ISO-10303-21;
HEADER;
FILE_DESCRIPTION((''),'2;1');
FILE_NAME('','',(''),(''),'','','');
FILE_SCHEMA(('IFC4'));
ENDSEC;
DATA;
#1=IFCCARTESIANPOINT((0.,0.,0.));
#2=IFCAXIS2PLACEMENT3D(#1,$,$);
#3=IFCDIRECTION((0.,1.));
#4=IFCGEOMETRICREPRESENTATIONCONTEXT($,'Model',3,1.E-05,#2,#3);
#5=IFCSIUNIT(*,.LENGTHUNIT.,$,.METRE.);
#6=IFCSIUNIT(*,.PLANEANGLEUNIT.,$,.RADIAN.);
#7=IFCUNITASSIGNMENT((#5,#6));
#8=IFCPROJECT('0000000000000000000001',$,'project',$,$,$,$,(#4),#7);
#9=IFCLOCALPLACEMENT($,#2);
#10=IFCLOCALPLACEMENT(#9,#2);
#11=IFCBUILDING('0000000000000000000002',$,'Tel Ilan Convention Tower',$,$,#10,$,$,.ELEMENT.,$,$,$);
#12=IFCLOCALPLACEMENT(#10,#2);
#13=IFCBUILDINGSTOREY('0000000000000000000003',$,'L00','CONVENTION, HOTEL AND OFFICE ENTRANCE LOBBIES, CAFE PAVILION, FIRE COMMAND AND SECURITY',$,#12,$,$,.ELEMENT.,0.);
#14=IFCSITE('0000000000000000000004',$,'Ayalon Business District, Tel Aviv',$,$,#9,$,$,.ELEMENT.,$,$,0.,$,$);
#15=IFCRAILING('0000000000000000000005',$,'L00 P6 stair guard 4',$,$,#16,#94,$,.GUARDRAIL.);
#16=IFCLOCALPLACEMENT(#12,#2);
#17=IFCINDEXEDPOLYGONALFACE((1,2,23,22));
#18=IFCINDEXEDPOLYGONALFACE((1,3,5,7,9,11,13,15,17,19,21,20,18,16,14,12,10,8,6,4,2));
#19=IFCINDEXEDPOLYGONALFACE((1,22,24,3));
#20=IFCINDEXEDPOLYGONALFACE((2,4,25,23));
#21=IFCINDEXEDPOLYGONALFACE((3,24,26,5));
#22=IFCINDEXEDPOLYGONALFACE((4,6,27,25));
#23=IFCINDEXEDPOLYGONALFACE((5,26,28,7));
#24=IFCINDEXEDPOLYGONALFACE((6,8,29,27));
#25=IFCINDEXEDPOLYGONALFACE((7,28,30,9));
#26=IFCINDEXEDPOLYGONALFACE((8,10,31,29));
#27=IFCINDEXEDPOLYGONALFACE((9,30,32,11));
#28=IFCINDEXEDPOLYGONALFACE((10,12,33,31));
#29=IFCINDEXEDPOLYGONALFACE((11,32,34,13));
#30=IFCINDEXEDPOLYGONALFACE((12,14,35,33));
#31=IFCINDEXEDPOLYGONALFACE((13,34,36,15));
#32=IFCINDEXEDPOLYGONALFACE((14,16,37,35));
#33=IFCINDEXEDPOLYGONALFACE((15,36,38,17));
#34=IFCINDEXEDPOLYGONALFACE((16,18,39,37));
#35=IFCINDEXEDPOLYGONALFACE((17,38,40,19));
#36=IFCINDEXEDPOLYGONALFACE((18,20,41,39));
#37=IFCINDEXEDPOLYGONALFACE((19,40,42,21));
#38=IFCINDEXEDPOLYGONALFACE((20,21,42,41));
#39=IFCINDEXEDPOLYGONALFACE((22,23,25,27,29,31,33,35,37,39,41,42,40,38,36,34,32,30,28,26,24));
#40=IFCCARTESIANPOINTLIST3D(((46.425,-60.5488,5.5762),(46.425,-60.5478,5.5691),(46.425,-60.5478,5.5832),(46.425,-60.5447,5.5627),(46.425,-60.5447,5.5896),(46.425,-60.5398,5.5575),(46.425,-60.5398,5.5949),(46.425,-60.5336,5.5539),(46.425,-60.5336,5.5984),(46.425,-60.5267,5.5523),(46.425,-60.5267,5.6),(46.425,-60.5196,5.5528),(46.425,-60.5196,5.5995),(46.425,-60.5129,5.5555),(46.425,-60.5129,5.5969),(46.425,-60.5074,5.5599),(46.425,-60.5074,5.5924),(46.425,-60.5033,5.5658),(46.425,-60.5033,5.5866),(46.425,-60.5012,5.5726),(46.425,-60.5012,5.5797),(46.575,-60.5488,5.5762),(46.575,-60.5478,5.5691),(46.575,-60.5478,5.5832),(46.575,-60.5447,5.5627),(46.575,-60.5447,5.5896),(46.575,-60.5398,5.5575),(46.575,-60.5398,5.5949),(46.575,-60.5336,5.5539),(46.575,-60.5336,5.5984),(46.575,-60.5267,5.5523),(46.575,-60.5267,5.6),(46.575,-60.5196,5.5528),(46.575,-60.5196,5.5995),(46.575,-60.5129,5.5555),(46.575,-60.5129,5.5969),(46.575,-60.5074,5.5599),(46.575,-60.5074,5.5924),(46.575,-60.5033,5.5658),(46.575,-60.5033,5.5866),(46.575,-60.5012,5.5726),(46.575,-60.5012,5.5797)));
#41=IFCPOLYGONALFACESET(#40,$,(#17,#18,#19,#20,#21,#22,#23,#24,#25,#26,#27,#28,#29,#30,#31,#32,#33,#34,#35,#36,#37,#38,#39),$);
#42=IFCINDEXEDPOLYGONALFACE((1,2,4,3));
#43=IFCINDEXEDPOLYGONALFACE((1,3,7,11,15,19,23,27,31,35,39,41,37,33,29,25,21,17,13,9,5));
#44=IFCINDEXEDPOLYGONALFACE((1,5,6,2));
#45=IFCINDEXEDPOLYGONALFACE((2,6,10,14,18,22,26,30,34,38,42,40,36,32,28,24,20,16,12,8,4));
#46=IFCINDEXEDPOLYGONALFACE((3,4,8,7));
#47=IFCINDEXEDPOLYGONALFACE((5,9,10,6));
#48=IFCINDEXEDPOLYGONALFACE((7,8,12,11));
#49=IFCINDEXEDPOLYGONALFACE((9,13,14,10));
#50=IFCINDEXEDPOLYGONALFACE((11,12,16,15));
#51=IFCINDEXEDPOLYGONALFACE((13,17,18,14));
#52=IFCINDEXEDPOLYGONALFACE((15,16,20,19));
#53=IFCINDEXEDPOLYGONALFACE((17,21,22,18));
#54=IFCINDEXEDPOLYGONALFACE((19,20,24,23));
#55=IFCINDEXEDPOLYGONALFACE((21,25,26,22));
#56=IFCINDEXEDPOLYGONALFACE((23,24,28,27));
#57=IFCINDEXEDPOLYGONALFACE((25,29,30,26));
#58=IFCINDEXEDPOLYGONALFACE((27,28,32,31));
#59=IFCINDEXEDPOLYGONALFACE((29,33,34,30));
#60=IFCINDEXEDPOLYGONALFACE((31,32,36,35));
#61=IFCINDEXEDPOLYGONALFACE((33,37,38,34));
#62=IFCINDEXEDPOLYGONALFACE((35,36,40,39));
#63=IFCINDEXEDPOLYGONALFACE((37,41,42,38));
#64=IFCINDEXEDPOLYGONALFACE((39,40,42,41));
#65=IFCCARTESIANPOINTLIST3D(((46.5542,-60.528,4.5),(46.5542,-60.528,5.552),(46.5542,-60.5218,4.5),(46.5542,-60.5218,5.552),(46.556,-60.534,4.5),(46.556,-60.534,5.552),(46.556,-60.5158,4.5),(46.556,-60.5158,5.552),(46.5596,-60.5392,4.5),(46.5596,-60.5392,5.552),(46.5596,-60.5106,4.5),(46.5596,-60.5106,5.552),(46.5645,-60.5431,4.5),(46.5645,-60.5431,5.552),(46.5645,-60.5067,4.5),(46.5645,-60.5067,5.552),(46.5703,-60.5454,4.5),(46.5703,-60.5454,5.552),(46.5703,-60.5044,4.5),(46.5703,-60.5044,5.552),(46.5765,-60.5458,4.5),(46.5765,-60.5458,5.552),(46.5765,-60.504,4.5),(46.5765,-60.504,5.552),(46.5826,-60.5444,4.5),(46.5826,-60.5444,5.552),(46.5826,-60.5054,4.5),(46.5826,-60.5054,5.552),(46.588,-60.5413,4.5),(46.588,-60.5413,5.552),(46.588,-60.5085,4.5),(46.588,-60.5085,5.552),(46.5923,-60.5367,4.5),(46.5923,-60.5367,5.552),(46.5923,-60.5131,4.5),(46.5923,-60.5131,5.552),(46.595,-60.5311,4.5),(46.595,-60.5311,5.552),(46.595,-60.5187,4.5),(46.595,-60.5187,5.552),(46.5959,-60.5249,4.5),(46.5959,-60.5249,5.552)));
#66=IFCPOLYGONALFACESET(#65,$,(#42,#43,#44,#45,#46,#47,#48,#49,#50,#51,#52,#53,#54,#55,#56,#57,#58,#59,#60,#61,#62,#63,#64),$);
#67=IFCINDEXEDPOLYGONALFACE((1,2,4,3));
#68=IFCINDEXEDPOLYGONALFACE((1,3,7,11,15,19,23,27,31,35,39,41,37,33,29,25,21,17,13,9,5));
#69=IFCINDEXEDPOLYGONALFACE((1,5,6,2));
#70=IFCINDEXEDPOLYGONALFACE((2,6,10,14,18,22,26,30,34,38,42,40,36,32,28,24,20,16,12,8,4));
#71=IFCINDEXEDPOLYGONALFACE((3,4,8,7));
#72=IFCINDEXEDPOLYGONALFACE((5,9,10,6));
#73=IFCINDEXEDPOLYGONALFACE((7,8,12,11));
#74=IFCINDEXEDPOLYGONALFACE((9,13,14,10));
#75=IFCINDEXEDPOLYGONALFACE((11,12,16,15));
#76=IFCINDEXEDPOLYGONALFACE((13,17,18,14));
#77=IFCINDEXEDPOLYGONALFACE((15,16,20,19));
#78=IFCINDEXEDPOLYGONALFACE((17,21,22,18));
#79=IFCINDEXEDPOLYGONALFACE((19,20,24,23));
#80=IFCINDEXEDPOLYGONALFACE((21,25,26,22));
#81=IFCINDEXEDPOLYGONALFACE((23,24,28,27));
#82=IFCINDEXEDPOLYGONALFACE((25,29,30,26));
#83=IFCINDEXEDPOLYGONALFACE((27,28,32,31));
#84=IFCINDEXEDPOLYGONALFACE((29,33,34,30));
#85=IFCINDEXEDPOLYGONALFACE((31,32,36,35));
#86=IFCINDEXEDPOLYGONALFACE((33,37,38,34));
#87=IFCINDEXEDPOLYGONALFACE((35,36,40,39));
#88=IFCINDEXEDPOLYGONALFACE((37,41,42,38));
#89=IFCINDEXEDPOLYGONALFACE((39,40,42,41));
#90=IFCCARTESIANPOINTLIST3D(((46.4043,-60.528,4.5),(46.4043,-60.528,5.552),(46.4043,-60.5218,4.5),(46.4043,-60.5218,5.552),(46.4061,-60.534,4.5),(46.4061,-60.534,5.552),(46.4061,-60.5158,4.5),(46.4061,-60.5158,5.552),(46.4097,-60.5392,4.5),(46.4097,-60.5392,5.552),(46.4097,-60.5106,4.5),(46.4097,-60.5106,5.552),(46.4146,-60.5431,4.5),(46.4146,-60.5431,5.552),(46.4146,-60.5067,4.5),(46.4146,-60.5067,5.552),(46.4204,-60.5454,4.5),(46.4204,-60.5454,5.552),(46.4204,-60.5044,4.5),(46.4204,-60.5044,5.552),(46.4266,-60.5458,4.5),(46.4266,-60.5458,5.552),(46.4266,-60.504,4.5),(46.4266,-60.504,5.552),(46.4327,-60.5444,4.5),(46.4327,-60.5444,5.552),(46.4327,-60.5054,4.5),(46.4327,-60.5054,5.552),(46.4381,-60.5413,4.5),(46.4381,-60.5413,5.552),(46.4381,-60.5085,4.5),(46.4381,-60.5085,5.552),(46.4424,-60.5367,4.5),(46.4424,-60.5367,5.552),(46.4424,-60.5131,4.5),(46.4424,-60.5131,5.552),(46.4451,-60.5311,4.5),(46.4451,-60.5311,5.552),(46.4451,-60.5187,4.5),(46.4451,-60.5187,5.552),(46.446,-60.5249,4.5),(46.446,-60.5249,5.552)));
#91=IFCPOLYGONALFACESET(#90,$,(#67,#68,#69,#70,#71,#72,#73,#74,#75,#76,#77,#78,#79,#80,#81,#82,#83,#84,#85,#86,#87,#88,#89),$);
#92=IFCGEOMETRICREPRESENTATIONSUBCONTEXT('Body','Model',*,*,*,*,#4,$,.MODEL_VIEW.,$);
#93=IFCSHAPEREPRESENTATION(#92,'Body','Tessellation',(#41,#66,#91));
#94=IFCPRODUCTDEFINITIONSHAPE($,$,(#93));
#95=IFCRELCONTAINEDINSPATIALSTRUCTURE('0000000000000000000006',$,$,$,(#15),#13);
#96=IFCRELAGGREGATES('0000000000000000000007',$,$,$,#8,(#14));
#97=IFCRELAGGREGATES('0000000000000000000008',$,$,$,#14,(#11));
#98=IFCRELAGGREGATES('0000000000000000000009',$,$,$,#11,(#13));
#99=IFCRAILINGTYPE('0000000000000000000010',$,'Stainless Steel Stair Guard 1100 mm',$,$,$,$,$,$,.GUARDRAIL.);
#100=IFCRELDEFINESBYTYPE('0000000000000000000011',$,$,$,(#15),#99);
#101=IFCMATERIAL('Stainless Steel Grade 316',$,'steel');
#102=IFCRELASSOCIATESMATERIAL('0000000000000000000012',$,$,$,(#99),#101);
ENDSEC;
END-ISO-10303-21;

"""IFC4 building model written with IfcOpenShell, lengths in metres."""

from ifc_helpers import new_model, si_unit, direction, frame, origin, origin_2d, place, context, subcontext, project, spatial, circle, extrude, material, type_object, element, save


model = new_model("IFC4")

# Units and contexts
model_context = context("Model", 3, precision=1e-05, world=origin(), true_north=direction((0.0, 1.0)))
body_context = subcontext(model_context, "Body", "Model", "MODEL_VIEW")
ifc_project = project(units=[si_unit("LENGTHUNIT", "METRE"), si_unit("PLANEANGLEUNIT", "RADIAN")], contexts=[model_context])

# Site, building, storey
site_placement = place(None, origin())
site = spatial("IfcSite", under=ifc_project, at=site_placement, Name="Ayalon Business District, Tel Aviv", CompositionType="ELEMENT", RefElevation=0.0)
building_placement = place(site_placement, origin())
building = spatial("IfcBuilding", under=site, at=building_placement, Name="Tel Ilan Convention Tower", CompositionType="ELEMENT")
storey_placement = place(building_placement, origin())
storey = spatial("IfcBuildingStorey", under=building, at=storey_placement, Name="L00", Description="CONVENTION, HOTEL AND OFFICE ENTRANCE LOBBIES, CAFE PAVILION, FIRE COMMAND AND SECURITY", CompositionType="ELEMENT", Elevation=0.0)

# Railing
ifc_material_1 = material(Name="Stainless Steel Grade 316", Category="steel")
railing_type_1 = type_object("IfcRailingType", Name="Stainless Steel Stair Guard 1100 mm", PredefinedType="GUARDRAIL", material=ifc_material_1)
railing_1_placement = place(storey_placement, frame((46.575, -60.5249, 4.5)))
element("IfcRailing", 1, at=railing_1_placement, inside=storey, type_object=railing_type_1, Name="L00 P6 stair guard 4", PredefinedType="GUARDRAIL", context=body_context, shape_type="SweptSolid", body=[
    extrude(circle(Radius=0.0239, at=origin_2d()), frame((0.0, 0.0, 1.0762), z_axis=(-1.0, 0.0, 0.0), x_axis=(0.0, -1.0, 0.0)), (0.0, 0.0, 1.0), 0.1499),
    extrude(circle(Radius=0.021, at=origin_2d()), origin(), (0.0, 0.0, 1.0), 1.052),
    extrude(circle(Radius=0.021, at=origin_2d()), frame((-0.1499, 0.0, 0.0)), (0.0, 0.0, 1.0), 1.052),
])

save(model, "model.ifc")
